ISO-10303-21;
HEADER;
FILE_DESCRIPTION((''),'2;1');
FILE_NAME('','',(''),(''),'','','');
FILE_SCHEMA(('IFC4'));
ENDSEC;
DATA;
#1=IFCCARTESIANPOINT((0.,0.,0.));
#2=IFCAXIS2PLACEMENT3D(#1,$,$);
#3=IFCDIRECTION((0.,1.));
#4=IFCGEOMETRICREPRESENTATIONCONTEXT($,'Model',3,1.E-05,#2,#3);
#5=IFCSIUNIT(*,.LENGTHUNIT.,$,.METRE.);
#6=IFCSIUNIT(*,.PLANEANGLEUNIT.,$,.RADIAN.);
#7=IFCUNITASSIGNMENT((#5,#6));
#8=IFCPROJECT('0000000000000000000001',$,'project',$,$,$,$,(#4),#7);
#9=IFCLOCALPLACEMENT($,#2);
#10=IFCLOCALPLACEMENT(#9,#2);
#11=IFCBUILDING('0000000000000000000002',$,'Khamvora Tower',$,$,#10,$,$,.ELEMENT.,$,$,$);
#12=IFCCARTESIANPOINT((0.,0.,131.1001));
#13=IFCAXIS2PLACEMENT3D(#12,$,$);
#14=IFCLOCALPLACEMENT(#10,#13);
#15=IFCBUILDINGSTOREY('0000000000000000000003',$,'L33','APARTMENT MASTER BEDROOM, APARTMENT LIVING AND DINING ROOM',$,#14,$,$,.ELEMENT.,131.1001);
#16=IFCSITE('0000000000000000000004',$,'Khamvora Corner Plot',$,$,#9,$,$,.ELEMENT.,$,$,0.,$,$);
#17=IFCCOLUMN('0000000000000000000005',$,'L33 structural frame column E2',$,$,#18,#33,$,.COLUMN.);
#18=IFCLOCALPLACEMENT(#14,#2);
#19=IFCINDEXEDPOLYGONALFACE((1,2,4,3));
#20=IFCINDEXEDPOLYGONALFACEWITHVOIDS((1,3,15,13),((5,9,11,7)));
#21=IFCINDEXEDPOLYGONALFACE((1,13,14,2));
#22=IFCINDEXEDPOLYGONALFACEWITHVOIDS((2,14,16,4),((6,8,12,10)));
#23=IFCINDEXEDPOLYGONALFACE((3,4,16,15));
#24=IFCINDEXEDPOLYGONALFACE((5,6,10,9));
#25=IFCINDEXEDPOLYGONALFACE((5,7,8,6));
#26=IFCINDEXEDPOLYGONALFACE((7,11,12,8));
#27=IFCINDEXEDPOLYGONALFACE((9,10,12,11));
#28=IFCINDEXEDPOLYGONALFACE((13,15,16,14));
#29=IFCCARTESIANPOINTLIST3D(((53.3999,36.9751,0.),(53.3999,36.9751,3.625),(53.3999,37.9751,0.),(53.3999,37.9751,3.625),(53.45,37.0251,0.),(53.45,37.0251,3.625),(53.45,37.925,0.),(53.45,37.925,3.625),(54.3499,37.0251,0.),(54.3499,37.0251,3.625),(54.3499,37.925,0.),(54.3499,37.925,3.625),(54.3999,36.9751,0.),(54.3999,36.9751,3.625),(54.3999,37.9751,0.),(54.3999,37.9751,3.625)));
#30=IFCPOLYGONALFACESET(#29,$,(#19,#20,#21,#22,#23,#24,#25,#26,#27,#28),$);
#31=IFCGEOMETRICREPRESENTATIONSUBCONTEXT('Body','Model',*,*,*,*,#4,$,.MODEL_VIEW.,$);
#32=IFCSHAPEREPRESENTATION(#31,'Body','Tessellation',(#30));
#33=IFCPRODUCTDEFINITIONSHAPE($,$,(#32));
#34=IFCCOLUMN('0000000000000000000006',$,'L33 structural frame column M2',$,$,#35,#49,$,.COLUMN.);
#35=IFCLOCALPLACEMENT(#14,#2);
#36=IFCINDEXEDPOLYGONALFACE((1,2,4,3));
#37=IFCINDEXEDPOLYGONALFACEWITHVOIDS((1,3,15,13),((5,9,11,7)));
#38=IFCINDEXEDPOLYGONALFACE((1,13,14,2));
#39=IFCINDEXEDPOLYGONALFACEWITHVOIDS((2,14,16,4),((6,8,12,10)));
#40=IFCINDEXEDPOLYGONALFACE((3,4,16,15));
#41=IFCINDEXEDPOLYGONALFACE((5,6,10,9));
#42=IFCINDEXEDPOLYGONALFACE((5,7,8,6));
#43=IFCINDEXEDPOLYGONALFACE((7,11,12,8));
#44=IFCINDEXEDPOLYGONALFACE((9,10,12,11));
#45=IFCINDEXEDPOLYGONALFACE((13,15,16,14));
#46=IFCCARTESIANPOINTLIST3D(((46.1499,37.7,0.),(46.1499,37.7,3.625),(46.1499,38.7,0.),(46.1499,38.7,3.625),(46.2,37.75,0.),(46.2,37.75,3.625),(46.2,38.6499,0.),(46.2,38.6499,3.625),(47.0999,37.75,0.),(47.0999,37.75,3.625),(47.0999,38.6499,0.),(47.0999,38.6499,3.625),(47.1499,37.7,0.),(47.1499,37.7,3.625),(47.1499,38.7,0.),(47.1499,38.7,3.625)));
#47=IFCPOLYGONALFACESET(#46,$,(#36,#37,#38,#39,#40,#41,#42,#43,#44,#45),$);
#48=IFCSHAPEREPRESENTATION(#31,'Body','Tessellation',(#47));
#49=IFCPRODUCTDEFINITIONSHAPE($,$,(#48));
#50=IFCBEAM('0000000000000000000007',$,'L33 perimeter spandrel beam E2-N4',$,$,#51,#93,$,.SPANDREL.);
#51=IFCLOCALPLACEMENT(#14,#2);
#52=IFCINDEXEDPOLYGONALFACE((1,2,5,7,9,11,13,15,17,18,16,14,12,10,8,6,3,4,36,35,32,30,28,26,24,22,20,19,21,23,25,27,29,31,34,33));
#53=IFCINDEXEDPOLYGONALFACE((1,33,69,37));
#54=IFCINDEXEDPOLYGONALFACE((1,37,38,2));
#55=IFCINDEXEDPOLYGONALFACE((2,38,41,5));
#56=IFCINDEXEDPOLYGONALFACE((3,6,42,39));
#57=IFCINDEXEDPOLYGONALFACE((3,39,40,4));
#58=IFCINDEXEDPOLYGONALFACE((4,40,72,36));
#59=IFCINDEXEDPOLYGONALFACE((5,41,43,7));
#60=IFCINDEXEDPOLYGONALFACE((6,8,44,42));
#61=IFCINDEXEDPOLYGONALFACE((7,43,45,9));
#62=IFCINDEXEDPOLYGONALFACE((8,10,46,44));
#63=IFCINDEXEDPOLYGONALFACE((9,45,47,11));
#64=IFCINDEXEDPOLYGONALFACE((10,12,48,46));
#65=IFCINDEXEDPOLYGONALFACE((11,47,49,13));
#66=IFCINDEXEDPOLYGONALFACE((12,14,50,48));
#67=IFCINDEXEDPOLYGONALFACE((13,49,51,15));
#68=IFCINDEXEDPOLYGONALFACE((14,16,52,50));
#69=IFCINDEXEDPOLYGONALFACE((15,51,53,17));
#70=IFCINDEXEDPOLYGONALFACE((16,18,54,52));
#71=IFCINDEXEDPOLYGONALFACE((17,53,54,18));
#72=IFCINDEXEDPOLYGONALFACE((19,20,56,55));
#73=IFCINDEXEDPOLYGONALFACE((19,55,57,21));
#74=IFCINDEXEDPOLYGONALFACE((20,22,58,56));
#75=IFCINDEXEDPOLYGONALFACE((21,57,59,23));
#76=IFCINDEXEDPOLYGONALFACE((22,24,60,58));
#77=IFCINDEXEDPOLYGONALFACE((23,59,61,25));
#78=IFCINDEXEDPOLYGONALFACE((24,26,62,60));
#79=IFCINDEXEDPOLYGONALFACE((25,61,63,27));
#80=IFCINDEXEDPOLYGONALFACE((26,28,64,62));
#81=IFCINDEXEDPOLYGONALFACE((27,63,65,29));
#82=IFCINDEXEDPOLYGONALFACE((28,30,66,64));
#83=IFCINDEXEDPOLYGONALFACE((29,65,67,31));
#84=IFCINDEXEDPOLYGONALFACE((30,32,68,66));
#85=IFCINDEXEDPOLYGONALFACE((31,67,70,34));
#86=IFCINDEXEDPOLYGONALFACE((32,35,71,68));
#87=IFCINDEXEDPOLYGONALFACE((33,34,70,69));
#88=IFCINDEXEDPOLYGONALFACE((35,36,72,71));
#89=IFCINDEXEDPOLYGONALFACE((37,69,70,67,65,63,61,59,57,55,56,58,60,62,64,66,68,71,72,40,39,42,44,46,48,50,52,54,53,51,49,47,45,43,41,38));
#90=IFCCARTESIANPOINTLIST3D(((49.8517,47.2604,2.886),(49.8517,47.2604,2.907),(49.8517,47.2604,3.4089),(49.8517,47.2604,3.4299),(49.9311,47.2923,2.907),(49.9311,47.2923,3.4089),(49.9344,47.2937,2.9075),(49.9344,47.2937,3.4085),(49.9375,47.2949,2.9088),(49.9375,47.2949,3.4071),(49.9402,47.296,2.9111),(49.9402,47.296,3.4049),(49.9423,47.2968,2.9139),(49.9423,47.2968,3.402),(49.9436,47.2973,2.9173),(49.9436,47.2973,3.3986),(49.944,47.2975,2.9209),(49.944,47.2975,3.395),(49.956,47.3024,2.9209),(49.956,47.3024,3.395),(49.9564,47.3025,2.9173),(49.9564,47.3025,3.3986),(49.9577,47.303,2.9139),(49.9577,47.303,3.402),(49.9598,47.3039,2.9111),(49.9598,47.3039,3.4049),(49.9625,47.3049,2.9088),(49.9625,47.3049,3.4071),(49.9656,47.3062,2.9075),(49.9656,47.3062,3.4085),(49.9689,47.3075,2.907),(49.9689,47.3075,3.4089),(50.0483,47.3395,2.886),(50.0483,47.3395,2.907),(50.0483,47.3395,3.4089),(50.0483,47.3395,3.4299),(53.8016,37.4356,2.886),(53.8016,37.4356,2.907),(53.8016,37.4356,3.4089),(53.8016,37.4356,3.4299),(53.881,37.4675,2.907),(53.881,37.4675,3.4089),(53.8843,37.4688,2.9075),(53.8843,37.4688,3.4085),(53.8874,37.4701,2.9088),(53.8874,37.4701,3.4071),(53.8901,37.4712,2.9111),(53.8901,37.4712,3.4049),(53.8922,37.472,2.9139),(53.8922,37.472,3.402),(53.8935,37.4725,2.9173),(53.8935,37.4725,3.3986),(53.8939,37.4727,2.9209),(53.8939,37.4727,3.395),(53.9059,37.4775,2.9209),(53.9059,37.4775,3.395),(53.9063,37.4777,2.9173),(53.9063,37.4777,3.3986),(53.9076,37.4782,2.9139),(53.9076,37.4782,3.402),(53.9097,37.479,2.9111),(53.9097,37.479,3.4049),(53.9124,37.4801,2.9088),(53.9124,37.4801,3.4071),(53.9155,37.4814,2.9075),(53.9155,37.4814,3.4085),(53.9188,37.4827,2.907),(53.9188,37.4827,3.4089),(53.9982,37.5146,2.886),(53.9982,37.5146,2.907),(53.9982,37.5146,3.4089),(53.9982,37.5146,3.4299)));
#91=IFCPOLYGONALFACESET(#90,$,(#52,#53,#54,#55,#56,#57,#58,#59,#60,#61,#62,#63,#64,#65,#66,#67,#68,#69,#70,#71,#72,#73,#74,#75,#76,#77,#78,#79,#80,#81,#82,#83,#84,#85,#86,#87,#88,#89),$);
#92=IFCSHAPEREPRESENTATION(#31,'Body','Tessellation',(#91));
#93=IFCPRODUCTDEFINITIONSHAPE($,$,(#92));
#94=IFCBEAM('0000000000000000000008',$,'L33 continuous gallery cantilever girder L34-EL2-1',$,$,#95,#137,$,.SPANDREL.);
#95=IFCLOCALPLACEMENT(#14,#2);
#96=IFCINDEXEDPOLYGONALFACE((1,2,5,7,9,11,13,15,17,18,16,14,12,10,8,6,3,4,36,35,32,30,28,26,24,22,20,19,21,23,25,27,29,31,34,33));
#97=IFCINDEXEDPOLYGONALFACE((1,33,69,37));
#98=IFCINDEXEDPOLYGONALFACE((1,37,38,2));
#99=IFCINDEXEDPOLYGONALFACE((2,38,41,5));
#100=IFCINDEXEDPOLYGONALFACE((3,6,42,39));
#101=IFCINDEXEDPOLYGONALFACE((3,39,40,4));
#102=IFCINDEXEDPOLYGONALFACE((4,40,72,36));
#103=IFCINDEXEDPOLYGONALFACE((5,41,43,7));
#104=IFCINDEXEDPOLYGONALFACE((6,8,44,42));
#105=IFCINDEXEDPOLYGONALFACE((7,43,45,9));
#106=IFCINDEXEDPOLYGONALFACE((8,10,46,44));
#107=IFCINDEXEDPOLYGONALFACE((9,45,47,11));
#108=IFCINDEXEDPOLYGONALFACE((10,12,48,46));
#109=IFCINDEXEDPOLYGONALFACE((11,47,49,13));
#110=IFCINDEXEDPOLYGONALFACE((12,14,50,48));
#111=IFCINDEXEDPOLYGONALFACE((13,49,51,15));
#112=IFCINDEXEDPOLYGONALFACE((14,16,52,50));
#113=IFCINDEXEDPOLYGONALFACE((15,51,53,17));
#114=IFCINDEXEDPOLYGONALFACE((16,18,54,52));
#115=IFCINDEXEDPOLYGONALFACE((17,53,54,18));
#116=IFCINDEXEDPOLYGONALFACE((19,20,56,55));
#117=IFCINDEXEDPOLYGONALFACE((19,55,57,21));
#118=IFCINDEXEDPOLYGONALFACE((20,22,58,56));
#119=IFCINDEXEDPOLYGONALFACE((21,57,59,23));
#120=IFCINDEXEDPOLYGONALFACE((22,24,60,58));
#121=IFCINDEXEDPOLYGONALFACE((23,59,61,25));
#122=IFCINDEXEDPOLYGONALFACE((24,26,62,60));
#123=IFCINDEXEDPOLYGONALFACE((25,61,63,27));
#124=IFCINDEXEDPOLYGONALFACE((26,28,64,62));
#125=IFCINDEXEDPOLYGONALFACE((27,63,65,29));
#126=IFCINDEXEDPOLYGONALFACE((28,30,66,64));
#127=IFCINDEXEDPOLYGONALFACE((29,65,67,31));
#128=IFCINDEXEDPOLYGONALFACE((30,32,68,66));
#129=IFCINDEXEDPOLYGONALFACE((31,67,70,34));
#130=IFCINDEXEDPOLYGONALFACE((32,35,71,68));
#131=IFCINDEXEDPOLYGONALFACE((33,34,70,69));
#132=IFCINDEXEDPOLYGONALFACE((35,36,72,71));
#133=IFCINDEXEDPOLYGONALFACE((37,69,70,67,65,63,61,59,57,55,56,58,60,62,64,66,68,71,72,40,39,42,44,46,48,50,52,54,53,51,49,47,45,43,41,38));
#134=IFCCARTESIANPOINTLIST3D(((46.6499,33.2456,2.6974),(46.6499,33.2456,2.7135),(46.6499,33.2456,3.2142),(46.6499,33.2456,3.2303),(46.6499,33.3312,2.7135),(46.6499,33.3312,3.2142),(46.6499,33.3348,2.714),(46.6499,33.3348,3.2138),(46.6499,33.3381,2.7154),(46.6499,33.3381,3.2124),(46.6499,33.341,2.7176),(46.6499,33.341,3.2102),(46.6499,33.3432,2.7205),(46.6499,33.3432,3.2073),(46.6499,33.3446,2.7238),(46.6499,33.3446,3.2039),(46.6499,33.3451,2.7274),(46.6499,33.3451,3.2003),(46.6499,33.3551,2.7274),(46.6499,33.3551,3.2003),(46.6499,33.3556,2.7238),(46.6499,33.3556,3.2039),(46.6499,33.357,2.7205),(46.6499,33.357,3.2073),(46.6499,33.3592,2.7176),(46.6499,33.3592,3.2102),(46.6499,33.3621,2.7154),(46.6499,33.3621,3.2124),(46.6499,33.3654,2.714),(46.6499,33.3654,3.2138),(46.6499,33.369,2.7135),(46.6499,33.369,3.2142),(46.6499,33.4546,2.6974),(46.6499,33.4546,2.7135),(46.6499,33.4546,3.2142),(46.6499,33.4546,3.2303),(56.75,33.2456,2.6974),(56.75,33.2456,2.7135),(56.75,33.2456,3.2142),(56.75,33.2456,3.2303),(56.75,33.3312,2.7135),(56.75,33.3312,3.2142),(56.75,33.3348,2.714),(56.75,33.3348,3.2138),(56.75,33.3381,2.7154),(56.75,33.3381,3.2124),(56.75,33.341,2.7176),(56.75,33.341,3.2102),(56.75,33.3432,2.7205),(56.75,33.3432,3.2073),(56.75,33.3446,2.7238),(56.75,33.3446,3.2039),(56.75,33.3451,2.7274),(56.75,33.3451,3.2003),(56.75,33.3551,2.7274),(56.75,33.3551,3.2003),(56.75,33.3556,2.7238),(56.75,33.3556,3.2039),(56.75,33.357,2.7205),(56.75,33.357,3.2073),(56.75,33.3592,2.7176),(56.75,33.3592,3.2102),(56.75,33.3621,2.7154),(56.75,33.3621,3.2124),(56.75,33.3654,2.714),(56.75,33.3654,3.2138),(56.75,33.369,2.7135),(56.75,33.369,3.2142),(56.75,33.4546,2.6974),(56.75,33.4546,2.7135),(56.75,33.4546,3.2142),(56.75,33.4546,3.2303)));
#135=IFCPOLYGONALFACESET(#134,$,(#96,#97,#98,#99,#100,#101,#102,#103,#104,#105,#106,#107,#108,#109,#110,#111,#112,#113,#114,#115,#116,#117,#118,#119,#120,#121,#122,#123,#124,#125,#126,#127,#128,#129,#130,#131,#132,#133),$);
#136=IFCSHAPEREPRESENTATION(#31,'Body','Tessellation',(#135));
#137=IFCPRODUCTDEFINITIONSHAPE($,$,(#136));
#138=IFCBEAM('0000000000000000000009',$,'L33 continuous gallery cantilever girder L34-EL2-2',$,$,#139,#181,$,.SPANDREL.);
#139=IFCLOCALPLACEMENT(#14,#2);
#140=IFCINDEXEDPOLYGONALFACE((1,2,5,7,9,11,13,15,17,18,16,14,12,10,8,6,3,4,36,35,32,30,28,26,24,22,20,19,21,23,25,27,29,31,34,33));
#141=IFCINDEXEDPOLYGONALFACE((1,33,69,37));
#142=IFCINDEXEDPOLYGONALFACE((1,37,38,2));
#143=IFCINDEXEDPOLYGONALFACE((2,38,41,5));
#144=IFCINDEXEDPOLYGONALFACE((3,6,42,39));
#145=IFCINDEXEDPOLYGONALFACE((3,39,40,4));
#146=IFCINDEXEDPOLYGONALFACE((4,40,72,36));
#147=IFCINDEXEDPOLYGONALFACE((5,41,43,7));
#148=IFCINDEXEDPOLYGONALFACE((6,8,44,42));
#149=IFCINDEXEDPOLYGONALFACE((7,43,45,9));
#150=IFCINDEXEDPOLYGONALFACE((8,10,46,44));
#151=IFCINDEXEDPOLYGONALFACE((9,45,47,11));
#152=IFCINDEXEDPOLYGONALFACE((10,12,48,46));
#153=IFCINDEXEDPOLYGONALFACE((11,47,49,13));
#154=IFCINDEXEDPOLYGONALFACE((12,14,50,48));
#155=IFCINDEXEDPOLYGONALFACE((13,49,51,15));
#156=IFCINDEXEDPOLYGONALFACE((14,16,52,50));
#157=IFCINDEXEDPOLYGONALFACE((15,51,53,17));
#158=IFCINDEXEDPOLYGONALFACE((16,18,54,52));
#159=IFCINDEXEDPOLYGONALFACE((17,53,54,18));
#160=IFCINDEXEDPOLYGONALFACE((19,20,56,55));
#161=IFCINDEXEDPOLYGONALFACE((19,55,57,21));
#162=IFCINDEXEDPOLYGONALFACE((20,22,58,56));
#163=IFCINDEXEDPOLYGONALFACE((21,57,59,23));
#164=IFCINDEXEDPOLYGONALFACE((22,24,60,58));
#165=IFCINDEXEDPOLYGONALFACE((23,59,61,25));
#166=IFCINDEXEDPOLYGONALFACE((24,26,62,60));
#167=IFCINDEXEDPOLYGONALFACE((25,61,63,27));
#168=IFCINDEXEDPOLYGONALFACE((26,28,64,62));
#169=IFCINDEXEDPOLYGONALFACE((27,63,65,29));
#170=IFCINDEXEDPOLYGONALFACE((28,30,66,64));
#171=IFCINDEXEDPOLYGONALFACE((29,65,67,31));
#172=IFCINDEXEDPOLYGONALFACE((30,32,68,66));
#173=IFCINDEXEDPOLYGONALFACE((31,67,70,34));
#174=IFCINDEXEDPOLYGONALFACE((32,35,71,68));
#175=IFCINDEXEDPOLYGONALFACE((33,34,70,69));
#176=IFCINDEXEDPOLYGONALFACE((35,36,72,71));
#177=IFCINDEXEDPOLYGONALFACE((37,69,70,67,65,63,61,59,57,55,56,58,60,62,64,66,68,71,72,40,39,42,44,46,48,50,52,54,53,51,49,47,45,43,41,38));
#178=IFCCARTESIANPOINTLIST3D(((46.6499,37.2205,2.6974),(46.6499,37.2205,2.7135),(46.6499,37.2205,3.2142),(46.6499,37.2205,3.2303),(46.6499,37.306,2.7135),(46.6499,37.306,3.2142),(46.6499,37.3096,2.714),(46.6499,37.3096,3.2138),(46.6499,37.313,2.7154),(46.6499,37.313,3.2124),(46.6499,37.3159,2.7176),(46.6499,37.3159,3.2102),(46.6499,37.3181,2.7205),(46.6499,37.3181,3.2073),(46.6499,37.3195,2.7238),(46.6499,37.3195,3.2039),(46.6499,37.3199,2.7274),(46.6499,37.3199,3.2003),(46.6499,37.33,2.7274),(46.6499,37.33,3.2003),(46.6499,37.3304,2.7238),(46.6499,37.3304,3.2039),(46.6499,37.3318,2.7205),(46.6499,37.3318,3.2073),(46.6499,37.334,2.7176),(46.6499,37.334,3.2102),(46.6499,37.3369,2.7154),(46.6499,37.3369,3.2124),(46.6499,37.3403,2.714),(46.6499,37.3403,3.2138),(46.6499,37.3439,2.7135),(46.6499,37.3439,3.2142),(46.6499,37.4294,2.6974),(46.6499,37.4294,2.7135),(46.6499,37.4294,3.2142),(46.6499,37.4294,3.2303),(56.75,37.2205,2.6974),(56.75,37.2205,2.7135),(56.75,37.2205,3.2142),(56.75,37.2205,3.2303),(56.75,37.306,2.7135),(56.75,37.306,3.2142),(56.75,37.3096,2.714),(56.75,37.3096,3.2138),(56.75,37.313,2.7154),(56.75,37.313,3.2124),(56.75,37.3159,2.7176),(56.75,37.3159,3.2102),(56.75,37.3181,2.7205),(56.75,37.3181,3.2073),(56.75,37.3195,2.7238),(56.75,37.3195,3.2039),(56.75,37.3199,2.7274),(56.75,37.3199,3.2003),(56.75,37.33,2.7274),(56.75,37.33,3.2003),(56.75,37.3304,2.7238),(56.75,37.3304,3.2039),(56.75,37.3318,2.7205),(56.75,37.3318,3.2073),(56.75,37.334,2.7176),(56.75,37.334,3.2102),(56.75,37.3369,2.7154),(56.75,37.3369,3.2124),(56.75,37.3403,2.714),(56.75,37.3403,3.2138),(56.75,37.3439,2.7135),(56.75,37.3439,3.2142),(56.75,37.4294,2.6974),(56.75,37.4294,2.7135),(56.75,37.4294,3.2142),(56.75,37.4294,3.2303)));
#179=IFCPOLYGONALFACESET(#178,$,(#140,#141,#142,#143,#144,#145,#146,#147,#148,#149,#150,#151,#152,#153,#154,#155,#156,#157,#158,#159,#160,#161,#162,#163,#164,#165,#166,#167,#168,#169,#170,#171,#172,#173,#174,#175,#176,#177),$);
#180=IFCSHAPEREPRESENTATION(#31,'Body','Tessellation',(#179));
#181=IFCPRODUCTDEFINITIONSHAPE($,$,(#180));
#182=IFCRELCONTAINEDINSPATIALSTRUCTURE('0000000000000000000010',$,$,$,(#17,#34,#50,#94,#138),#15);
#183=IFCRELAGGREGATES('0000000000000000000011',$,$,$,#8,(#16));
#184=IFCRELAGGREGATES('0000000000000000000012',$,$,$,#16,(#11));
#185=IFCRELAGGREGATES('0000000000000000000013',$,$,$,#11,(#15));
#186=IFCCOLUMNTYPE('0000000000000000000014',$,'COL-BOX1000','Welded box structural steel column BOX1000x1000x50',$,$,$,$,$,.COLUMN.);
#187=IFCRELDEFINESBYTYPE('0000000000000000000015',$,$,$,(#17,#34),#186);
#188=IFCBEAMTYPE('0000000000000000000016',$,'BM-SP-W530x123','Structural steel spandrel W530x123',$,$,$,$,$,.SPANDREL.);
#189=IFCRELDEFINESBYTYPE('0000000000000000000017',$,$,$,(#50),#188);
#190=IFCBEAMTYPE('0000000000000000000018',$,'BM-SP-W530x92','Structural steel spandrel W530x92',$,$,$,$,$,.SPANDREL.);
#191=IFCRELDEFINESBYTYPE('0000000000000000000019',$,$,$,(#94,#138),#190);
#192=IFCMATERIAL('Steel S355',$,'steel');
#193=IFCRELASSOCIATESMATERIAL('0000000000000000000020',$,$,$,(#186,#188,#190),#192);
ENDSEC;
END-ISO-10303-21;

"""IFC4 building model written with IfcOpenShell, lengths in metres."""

from ifc_helpers import new_model, si_unit, direction, frame, origin, origin_2d, place, context, subcontext, project, spatial, hollow_rectangle, i_section, extrude, material, material_profile, profile_set, type_object, element, save


model = new_model("IFC4")

# Units and contexts
model_context = context("Model", 3, precision=1e-05, world=origin(), true_north=direction((0.0, 1.0)))
body_context = subcontext(model_context, "Body", "Model", "MODEL_VIEW")
ifc_project = project(units=[si_unit("LENGTHUNIT", "METRE"), si_unit("PLANEANGLEUNIT", "RADIAN")], contexts=[model_context])

# Site, building, storey
site_placement = place(None, origin())
site = spatial("IfcSite", under=ifc_project, at=site_placement, Name="Khamvora Corner Plot", CompositionType="ELEMENT", RefElevation=0.0)
building_placement = place(site_placement, origin())
building = spatial("IfcBuilding", under=site, at=building_placement, Name="Khamvora Tower", CompositionType="ELEMENT")
storey_placement = place(building_placement, frame((0.0, 0.0, 131.1001)))
storey = spatial("IfcBuildingStorey", under=building, at=storey_placement, Name="L33", Description="APARTMENT MASTER BEDROOM, APARTMENT LIVING AND DINING ROOM", CompositionType="ELEMENT", Elevation=131.1001)

# Columns
ifc_material_1 = material(Name="Steel S355", Category="steel")
ifc_material_profile_1 = material_profile(ifc_material_1, hollow_rectangle(XDim=1.0, YDim=1.0, WallThickness=0.05, at=origin_2d()), Name="BOX1000x1000x50")
ifc_profile_set_1 = profile_set([ifc_material_profile_1], Name="Steel S355")
column_type = type_object("IfcColumnType", Name="COL-BOX1000", Description="Welded box structural steel column BOX1000x1000x50", PredefinedType="COLUMN", material=ifc_profile_set_1)
for number, where, z_axis, x_axis, name in (
    (1, (53.8999, 37.4751, 0.0), (0.0, 0.0, 1.0), (1.0, 0.0, 0.0), "L33 structural frame column E2"),
    (2, (46.6499, 38.2, 0.0), (0.0, 0.0, 1.0), (1.0, 0.0, 0.0), "L33 structural frame column M2"),
):
    element("IfcColumn", number, at=place(storey_placement, frame(where, z_axis=z_axis, x_axis=x_axis)), inside=storey, type_object=column_type, Name=name, PredefinedType="COLUMN", context=body_context, shape_type="SweptSolid", body=[
        extrude(hollow_rectangle(XDim=1.0, YDim=1.0, WallThickness=0.05, at=origin_2d()), origin(), (0.0, 0.0, 1.0), 3.625),
    ])

# Beams
ifc_material_profile_2 = material_profile(ifc_material_1, i_section(OverallWidth=0.2119, OverallDepth=0.5439, WebThickness=0.0129, FlangeThickness=0.021, FilletRadius=0.0139, at=origin_2d()), Name="W530x123")
ifc_profile_set_2 = profile_set([ifc_material_profile_2], Name="Steel S355")
beam_type_1 = type_object("IfcBeamType", Name="BM-SP-W530x123", Description="Structural steel spandrel W530x123", PredefinedType="SPANDREL", material=ifc_profile_set_2)
beam_1_placement = place(storey_placement, frame((53.8999, 37.4751, 3.158), z_axis=(-0.373016, 0.927825, 0.0), x_axis=(-0.927825, -0.373016, 0.0)))
element("IfcBeam", 3, at=beam_1_placement, inside=storey, type_object=beam_type_1, Name="L33 perimeter spandrel beam E2-N4", PredefinedType="SPANDREL", context=body_context, shape_type="SweptSolid", body=[
    extrude(i_section(OverallWidth=0.2119, OverallDepth=0.5439, WebThickness=0.0129, FlangeThickness=0.021, FilletRadius=0.0139, at=origin_2d()), origin(), (0.0, 0.0, 1.0), 10.5891),
])
ifc_material_profile_3 = material_profile(ifc_material_1, i_section(OverallWidth=0.209, OverallDepth=0.533, WebThickness=0.01, FlangeThickness=0.0161, FilletRadius=0.0139, at=origin_2d()), Name="W530x92")
ifc_profile_set_3 = profile_set([ifc_material_profile_3], Name="Steel S355")
beam_type_2 = type_object("IfcBeamType", Name="BM-SP-W530x92", Description="Structural steel spandrel W530x92", PredefinedType="SPANDREL", material=ifc_profile_set_3)
for number, where, z_axis, x_axis, name in (
    (4, (46.6499, 33.3501, 2.9639), (1.0, 0.0, 0.0), (0.0, 1.0, 0.0), "L33 continuous gallery cantilever girder L34-EL2-1"),
    (5, (46.6499, 37.325, 2.9639), (1.0, 0.0, 0.0), (0.0, 1.0, 0.0), "L33 continuous gallery cantilever girder L34-EL2-2"),
):
    element("IfcBeam", number, at=place(storey_placement, frame(where, z_axis=z_axis, x_axis=x_axis)), inside=storey, type_object=beam_type_2, Name=name, PredefinedType="SPANDREL", context=body_context, shape_type="SweptSolid", body=[
        extrude(i_section(OverallWidth=0.209, OverallDepth=0.533, WebThickness=0.01, FlangeThickness=0.0161, FilletRadius=0.0139, at=origin_2d()), origin(), (0.0, 0.0, 1.0), 10.1001),
    ])

save(model, "model.ifc")
